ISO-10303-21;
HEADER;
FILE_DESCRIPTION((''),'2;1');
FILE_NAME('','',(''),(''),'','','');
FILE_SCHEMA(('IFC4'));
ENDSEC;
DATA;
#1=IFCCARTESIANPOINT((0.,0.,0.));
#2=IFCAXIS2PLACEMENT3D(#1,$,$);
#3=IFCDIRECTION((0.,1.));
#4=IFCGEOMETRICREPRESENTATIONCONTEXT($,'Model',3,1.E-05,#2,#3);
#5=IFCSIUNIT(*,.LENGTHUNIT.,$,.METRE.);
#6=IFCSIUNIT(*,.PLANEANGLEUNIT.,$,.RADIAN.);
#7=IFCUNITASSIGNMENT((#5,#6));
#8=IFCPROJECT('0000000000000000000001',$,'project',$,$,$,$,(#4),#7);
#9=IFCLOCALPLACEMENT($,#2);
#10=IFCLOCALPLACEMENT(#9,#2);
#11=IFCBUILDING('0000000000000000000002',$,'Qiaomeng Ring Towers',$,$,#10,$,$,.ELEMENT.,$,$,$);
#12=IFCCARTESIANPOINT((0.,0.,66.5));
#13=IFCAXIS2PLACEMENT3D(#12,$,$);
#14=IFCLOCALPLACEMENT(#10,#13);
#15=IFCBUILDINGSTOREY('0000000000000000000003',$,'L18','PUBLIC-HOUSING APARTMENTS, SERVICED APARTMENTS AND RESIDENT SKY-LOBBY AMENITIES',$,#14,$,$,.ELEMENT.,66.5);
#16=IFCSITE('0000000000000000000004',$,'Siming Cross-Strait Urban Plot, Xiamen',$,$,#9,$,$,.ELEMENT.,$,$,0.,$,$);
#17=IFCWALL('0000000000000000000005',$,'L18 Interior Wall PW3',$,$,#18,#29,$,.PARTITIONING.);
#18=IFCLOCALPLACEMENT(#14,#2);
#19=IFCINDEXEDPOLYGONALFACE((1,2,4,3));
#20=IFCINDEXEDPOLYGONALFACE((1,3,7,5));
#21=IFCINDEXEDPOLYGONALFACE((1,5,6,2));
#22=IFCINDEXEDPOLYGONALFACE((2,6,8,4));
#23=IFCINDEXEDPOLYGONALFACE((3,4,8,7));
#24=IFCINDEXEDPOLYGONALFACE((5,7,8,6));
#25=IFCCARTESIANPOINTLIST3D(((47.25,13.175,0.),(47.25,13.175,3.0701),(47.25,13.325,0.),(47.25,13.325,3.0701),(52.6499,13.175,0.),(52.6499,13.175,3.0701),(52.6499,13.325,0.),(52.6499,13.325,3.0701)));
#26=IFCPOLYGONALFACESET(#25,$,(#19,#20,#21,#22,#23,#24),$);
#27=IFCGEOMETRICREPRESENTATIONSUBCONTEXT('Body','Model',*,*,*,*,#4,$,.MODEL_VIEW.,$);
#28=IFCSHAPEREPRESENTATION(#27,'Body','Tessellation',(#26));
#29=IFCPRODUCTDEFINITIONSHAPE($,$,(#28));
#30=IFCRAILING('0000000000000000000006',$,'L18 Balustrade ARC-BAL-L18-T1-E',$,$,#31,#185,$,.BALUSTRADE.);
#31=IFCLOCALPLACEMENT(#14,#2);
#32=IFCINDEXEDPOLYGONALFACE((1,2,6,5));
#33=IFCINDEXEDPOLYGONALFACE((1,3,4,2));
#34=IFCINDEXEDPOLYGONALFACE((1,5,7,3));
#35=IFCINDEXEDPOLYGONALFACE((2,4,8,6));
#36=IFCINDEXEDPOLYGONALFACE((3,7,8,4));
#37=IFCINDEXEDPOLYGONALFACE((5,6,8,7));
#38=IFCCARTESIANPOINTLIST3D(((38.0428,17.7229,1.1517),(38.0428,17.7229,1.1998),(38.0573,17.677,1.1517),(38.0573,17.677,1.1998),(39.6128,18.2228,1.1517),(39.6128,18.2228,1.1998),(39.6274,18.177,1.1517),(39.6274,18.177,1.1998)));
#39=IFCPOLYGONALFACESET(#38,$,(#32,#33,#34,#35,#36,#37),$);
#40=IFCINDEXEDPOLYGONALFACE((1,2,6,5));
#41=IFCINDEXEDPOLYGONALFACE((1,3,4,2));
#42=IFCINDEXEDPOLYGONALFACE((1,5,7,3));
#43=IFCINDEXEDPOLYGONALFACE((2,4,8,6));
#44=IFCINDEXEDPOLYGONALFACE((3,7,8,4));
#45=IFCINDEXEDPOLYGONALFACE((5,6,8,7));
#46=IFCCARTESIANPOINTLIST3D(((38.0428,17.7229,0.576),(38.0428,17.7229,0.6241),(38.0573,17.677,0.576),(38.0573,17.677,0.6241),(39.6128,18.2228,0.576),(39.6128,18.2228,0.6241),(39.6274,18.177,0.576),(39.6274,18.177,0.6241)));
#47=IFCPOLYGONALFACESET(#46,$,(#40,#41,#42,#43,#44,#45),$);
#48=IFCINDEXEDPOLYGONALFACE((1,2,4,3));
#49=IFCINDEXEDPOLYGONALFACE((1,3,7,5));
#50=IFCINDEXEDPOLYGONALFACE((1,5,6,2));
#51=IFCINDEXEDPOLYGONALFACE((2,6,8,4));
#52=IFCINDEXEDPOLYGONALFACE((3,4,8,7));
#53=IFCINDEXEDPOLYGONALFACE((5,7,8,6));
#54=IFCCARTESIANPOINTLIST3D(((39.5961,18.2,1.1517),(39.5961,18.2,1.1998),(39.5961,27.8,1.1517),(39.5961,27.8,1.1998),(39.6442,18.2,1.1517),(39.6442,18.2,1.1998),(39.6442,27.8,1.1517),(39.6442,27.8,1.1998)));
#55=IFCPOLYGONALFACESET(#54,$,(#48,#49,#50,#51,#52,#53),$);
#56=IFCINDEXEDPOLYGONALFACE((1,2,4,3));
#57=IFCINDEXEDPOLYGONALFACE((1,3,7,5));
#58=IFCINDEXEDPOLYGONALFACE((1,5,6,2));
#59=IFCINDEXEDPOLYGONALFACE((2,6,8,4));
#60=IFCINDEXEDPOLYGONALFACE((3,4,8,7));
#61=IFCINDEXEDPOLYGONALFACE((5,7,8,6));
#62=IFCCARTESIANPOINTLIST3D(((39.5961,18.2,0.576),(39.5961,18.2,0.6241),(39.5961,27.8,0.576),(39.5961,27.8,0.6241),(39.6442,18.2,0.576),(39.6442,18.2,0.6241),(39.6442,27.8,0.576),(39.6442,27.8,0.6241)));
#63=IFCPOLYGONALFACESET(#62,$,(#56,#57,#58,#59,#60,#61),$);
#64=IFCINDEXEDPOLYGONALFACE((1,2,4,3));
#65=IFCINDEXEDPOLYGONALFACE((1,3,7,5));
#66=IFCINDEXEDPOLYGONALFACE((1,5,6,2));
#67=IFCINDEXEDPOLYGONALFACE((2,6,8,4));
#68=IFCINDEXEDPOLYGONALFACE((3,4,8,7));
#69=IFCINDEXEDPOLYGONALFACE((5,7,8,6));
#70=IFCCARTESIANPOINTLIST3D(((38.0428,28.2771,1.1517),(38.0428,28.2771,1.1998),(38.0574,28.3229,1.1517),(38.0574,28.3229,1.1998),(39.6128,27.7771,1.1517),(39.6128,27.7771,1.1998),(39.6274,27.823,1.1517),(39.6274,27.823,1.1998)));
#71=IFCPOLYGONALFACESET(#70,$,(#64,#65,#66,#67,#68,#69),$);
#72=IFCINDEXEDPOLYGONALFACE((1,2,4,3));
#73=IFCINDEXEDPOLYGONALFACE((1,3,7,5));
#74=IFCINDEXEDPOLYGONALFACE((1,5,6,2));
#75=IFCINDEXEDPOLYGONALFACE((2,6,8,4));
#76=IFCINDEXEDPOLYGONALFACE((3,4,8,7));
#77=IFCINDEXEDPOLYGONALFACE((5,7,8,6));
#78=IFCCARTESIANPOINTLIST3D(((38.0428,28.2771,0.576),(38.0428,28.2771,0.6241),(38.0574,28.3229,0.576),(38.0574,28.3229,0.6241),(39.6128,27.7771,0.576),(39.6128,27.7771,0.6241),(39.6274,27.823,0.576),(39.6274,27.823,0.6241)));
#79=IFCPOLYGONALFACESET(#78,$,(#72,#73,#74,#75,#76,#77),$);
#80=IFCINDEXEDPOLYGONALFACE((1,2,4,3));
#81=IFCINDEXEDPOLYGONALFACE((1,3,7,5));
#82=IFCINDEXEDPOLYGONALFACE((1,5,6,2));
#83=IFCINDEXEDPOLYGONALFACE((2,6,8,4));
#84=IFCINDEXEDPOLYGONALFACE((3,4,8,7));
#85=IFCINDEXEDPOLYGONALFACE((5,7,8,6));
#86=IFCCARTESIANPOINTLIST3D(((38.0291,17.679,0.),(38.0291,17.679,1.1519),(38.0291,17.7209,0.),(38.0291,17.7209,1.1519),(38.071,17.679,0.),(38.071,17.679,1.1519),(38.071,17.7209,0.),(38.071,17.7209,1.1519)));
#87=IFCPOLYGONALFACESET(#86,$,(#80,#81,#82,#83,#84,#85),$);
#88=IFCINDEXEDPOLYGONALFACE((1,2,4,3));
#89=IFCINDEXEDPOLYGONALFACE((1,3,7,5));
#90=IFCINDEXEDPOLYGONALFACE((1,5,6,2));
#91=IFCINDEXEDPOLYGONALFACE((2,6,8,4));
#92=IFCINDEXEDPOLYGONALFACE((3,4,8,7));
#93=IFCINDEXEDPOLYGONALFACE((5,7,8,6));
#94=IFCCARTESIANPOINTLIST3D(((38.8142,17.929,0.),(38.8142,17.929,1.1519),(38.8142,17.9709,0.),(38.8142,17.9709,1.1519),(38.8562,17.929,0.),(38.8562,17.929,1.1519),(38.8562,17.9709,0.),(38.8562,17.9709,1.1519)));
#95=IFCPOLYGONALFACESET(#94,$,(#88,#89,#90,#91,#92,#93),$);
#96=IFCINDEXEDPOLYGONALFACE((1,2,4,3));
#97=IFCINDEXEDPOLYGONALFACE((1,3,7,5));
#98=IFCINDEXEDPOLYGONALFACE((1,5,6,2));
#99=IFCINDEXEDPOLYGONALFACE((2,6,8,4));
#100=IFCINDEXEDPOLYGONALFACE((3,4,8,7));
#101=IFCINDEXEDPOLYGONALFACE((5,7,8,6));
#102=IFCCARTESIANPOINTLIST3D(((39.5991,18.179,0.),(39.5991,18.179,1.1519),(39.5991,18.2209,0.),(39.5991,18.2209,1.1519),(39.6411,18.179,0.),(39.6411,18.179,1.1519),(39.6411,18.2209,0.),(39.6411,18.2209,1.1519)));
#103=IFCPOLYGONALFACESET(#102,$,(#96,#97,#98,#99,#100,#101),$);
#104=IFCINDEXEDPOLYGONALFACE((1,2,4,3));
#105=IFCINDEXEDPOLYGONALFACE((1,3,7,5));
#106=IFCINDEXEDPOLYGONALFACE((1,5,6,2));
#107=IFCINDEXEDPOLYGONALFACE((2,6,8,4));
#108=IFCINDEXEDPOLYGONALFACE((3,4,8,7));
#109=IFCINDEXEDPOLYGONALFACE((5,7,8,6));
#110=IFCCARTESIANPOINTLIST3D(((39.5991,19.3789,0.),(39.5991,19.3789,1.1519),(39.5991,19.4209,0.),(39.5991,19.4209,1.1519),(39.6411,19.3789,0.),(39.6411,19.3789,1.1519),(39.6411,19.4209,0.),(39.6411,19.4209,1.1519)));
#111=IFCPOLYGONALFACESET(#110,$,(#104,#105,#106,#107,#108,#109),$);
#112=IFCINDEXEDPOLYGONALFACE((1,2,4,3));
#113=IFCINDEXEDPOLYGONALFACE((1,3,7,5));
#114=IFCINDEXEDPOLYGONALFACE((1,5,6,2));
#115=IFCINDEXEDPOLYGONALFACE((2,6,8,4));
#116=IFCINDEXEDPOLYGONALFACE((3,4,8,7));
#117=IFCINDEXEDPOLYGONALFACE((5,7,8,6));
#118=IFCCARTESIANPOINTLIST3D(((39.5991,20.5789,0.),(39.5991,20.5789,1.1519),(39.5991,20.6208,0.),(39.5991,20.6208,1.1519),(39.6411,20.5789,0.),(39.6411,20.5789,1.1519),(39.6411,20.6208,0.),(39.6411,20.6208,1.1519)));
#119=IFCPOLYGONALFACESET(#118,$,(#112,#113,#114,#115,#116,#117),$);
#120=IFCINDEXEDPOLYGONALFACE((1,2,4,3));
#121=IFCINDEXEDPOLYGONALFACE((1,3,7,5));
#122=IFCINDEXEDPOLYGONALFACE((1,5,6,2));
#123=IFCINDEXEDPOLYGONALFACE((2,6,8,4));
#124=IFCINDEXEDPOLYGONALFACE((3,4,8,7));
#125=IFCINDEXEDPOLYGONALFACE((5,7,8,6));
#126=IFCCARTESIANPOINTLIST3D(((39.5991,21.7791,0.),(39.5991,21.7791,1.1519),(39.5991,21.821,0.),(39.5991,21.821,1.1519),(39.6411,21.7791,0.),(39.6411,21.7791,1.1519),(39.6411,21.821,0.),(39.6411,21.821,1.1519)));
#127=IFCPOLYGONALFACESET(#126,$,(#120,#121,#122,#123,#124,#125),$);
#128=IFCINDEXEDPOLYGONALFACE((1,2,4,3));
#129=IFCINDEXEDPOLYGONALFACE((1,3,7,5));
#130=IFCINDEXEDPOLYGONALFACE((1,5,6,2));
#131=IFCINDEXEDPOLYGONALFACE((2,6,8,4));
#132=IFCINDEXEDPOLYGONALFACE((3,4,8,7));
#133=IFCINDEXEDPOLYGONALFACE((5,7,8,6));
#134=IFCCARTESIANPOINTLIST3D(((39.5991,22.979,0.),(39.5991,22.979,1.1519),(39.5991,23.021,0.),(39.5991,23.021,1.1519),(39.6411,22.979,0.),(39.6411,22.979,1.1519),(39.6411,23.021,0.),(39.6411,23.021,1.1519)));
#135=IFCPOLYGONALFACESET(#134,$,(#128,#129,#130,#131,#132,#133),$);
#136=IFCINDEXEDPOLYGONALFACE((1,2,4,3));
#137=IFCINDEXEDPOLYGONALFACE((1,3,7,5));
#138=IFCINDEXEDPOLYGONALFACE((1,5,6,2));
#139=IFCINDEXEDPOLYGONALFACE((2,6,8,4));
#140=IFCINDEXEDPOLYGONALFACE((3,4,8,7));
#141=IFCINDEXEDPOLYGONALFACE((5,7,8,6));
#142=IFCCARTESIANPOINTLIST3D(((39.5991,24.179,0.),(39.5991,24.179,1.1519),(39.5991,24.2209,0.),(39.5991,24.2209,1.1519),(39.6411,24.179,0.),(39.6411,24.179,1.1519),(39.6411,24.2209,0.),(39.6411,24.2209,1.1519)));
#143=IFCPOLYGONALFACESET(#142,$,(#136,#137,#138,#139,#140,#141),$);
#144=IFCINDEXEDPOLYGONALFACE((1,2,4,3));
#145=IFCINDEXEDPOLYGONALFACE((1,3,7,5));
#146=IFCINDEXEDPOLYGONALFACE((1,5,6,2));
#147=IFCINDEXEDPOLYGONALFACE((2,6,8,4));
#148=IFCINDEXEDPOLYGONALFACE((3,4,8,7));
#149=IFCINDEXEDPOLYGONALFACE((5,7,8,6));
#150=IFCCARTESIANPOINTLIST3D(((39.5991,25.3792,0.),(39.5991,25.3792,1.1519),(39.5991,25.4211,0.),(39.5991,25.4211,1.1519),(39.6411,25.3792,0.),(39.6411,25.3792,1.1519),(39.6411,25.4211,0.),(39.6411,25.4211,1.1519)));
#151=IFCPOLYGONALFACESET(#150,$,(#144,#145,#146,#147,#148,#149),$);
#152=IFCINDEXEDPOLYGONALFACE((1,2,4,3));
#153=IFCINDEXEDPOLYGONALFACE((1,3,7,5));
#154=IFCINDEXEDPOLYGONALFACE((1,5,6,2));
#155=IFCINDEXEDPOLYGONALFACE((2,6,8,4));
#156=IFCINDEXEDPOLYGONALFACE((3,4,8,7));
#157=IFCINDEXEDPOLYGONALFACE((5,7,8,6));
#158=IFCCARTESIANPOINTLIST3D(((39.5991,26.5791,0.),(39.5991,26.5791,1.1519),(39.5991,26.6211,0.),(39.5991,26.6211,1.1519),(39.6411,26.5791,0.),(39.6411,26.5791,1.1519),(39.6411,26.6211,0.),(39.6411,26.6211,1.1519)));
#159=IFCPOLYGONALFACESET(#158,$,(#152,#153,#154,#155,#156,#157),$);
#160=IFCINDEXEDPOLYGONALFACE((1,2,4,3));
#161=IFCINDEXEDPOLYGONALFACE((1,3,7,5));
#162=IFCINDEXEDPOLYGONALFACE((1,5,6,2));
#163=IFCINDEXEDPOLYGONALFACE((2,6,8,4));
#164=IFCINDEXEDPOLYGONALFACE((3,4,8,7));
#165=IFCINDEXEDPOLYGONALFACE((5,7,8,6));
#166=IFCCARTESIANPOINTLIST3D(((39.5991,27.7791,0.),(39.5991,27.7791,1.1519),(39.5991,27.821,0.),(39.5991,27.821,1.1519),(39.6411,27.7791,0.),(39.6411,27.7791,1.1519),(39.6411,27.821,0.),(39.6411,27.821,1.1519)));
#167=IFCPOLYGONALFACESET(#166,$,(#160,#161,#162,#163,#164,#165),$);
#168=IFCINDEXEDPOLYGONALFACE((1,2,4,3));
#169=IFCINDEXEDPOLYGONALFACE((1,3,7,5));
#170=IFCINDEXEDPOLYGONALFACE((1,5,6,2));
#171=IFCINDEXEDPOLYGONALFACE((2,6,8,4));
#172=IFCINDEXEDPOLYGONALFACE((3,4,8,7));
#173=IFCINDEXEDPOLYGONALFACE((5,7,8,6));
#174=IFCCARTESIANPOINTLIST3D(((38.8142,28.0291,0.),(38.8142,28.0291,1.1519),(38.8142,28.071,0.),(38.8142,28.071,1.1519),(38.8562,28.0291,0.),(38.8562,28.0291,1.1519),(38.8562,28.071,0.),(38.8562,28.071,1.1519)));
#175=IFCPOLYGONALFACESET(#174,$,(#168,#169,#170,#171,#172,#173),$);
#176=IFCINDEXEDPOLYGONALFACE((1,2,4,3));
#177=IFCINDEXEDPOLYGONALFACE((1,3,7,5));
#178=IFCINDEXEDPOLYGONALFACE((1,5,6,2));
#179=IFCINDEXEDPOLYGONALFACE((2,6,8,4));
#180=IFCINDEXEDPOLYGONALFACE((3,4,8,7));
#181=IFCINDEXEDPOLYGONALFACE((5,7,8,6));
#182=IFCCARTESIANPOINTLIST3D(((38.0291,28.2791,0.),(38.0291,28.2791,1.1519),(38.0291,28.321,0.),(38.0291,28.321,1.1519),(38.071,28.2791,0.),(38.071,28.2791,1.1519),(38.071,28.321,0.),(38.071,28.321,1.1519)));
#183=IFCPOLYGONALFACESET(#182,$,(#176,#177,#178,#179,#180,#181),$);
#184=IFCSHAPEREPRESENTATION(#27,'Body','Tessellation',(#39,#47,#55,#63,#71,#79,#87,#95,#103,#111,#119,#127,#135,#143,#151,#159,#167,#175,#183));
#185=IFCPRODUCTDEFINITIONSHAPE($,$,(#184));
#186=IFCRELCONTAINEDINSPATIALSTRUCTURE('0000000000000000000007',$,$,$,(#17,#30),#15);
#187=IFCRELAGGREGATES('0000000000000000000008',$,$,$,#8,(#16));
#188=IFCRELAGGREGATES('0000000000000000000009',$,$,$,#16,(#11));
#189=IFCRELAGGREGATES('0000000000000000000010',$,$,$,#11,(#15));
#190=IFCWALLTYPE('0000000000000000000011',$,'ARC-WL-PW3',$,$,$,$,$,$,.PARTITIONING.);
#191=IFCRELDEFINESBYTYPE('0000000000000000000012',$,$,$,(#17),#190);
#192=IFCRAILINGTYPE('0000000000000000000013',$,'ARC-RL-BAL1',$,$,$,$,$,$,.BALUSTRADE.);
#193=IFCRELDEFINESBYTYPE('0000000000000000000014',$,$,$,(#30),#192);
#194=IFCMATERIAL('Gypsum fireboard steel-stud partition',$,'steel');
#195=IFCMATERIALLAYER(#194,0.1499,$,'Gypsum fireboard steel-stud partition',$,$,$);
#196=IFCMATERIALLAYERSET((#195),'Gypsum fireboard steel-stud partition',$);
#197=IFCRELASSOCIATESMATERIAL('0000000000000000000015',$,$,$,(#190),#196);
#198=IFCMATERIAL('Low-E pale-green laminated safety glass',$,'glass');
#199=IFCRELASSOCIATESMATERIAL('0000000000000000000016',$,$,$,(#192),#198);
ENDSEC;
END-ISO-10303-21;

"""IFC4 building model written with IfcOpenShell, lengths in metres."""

from ifc_helpers import new_model, si_unit, direction, frame, frame_2d, origin, origin_2d, place, context, subcontext, project, spatial, rectangle, extrude, material, layer, layer_set, type_object, element, save


model = new_model("IFC4")

# Units and contexts
model_context = context("Model", 3, precision=1e-05, world=origin(), true_north=direction((0.0, 1.0)))
body_context = subcontext(model_context, "Body", "Model", "MODEL_VIEW")
ifc_project = project(units=[si_unit("LENGTHUNIT", "METRE"), si_unit("PLANEANGLEUNIT", "RADIAN")], contexts=[model_context])

# Site, building, storey
site_placement = place(None, origin())
site = spatial("IfcSite", under=ifc_project, at=site_placement, Name="Siming Cross-Strait Urban Plot, Xiamen", CompositionType="ELEMENT", RefElevation=0.0)
building_placement = place(site_placement, origin())
building = spatial("IfcBuilding", under=site, at=building_placement, Name="Qiaomeng Ring Towers", CompositionType="ELEMENT")
storey_placement = place(building_placement, frame((0.0, 0.0, 66.5)))
storey = spatial("IfcBuildingStorey", under=building, at=storey_placement, Name="L18", Description="PUBLIC-HOUSING APARTMENTS, SERVICED APARTMENTS AND RESIDENT SKY-LOBBY AMENITIES", CompositionType="ELEMENT", Elevation=66.5)

# Wall
ifc_material_1 = material(Name="Gypsum fireboard steel-stud partition", Category="steel")
ifc_layer_1 = layer(ifc_material_1, 0.1499, Name="Gypsum fireboard steel-stud partition")
ifc_layer_set_1 = layer_set([ifc_layer_1], Name="Gypsum fireboard steel-stud partition")
wall_type_1 = type_object("IfcWallType", Name="ARC-WL-PW3", PredefinedType="PARTITIONING", material=ifc_layer_set_1)
wall_1_placement = place(storey_placement, frame((47.25, 13.25, 0.0), z_axis=(0.0, 0.0, 1.0), x_axis=(1.0, 0.0, 0.0)))
element("IfcWall", 1, at=wall_1_placement, inside=storey, type_object=wall_type_1, Name="L18 Interior Wall PW3", PredefinedType="PARTITIONING", context=body_context, shape_type="SweptSolid", body=[
    extrude(rectangle(XDim=5.3999, YDim=0.1499, at=frame_2d((2.7, 0.0))), origin(), (0.0, 0.0, 1.0), 3.0701),
])

# Railing
ifc_material_2 = material(Name="Low-E pale-green laminated safety glass", Category="glass")
railing_type = type_object("IfcRailingType", Name="ARC-RL-BAL1", PredefinedType="BALUSTRADE", material=ifc_material_2)
railing_1_placement = place(storey_placement, frame((38.05, 17.7, 0.0)))
element("IfcRailing", 2, at=railing_1_placement, inside=storey, type_object=railing_type, Name="L18 Balustrade ARC-BAL-L18-T1-E", PredefinedType="BALUSTRADE", context=body_context, shape_type="SweptSolid", body=[
    extrude(rectangle(XDim=0.0481, YDim=0.0481, at=origin_2d()), frame((0.0, 0.0, 1.1758), z_axis=(0.95285, 0.303442, 0.0), x_axis=(-0.303442, 0.95285, 0.0)), (0.0, 0.0, 1.0), 1.6477),
    extrude(rectangle(XDim=0.0481, YDim=0.0481, at=origin_2d()), frame((0.0, 0.0, 0.6001), z_axis=(0.95285, 0.303442, 0.0), x_axis=(-0.303442, 0.95285, 0.0)), (0.0, 0.0, 1.0), 1.6477),
    extrude(rectangle(XDim=0.0481, YDim=0.0481, at=origin_2d()), frame((1.5701, 0.5, 1.1758), z_axis=(0.0, 1.0, 0.0), x_axis=(-1.0, 0.0, 0.0)), (0.0, 0.0, 1.0), 9.6001),
    extrude(rectangle(XDim=0.0481, YDim=0.0481, at=origin_2d()), frame((1.5701, 0.5, 0.6001), z_axis=(0.0, 1.0, 0.0), x_axis=(-1.0, 0.0, 0.0)), (0.0, 0.0, 1.0), 9.6001),
    extrude(rectangle(XDim=0.0481, YDim=0.0481, at=origin_2d()), frame((1.5701, 10.1001, 1.1758), z_axis=(-0.95285, 0.303442, 0.0), x_axis=(-0.303442, -0.95285, 0.0)), (0.0, 0.0, 1.0), 1.6477),
    extrude(rectangle(XDim=0.0481, YDim=0.0481, at=origin_2d()), frame((1.5701, 10.1001, 0.6001), z_axis=(-0.95285, 0.303442, 0.0), x_axis=(-0.303442, -0.95285, 0.0)), (0.0, 0.0, 1.0), 1.6477),
    extrude(rectangle(XDim=0.042, YDim=0.042, at=origin_2d()), origin(), (0.0, 0.0, 1.0), 1.1519),
    extrude(rectangle(XDim=0.042, YDim=0.042, at=origin_2d()), frame((0.7852, 0.25, 0.0)), (0.0, 0.0, 1.0), 1.1519),
    extrude(rectangle(XDim=0.042, YDim=0.042, at=origin_2d()), frame((1.5701, 0.5, 0.0)), (0.0, 0.0, 1.0), 1.1519),
    extrude(rectangle(XDim=0.042, YDim=0.042, at=origin_2d()), frame((1.5701, 1.7, 0.0)), (0.0, 0.0, 1.0), 1.1519),
    extrude(rectangle(XDim=0.042, YDim=0.042, at=origin_2d()), frame((1.5701, 2.8999, 0.0)), (0.0, 0.0, 1.0), 1.1519),
    extrude(rectangle(XDim=0.042, YDim=0.042, at=origin_2d()), frame((1.5701, 4.1001, 0.0)), (0.0, 0.0, 1.0), 1.1519),
    extrude(rectangle(XDim=0.042, YDim=0.042, at=origin_2d()), frame((1.5701, 5.3, 0.0)), (0.0, 0.0, 1.0), 1.1519),
    extrude(rectangle(XDim=0.042, YDim=0.042, at=origin_2d()), frame((1.5701, 6.5, 0.0)), (0.0, 0.0, 1.0), 1.1519),
    extrude(rectangle(XDim=0.042, YDim=0.042, at=origin_2d()), frame((1.5701, 7.7002, 0.0)), (0.0, 0.0, 1.0), 1.1519),
    extrude(rectangle(XDim=0.042, YDim=0.042, at=origin_2d()), frame((1.5701, 8.9001, 0.0)), (0.0, 0.0, 1.0), 1.1519),
    extrude(rectangle(XDim=0.042, YDim=0.042, at=origin_2d()), frame((1.5701, 10.1001, 0.0)), (0.0, 0.0, 1.0), 1.1519),
    extrude(rectangle(XDim=0.042, YDim=0.042, at=origin_2d()), frame((0.7852, 10.3501, 0.0)), (0.0, 0.0, 1.0), 1.1519),
    extrude(rectangle(XDim=0.042, YDim=0.042, at=origin_2d()), frame((0.0, 10.6001, 0.0)), (0.0, 0.0, 1.0), 1.1519),
])

save(model, "model.ifc")
